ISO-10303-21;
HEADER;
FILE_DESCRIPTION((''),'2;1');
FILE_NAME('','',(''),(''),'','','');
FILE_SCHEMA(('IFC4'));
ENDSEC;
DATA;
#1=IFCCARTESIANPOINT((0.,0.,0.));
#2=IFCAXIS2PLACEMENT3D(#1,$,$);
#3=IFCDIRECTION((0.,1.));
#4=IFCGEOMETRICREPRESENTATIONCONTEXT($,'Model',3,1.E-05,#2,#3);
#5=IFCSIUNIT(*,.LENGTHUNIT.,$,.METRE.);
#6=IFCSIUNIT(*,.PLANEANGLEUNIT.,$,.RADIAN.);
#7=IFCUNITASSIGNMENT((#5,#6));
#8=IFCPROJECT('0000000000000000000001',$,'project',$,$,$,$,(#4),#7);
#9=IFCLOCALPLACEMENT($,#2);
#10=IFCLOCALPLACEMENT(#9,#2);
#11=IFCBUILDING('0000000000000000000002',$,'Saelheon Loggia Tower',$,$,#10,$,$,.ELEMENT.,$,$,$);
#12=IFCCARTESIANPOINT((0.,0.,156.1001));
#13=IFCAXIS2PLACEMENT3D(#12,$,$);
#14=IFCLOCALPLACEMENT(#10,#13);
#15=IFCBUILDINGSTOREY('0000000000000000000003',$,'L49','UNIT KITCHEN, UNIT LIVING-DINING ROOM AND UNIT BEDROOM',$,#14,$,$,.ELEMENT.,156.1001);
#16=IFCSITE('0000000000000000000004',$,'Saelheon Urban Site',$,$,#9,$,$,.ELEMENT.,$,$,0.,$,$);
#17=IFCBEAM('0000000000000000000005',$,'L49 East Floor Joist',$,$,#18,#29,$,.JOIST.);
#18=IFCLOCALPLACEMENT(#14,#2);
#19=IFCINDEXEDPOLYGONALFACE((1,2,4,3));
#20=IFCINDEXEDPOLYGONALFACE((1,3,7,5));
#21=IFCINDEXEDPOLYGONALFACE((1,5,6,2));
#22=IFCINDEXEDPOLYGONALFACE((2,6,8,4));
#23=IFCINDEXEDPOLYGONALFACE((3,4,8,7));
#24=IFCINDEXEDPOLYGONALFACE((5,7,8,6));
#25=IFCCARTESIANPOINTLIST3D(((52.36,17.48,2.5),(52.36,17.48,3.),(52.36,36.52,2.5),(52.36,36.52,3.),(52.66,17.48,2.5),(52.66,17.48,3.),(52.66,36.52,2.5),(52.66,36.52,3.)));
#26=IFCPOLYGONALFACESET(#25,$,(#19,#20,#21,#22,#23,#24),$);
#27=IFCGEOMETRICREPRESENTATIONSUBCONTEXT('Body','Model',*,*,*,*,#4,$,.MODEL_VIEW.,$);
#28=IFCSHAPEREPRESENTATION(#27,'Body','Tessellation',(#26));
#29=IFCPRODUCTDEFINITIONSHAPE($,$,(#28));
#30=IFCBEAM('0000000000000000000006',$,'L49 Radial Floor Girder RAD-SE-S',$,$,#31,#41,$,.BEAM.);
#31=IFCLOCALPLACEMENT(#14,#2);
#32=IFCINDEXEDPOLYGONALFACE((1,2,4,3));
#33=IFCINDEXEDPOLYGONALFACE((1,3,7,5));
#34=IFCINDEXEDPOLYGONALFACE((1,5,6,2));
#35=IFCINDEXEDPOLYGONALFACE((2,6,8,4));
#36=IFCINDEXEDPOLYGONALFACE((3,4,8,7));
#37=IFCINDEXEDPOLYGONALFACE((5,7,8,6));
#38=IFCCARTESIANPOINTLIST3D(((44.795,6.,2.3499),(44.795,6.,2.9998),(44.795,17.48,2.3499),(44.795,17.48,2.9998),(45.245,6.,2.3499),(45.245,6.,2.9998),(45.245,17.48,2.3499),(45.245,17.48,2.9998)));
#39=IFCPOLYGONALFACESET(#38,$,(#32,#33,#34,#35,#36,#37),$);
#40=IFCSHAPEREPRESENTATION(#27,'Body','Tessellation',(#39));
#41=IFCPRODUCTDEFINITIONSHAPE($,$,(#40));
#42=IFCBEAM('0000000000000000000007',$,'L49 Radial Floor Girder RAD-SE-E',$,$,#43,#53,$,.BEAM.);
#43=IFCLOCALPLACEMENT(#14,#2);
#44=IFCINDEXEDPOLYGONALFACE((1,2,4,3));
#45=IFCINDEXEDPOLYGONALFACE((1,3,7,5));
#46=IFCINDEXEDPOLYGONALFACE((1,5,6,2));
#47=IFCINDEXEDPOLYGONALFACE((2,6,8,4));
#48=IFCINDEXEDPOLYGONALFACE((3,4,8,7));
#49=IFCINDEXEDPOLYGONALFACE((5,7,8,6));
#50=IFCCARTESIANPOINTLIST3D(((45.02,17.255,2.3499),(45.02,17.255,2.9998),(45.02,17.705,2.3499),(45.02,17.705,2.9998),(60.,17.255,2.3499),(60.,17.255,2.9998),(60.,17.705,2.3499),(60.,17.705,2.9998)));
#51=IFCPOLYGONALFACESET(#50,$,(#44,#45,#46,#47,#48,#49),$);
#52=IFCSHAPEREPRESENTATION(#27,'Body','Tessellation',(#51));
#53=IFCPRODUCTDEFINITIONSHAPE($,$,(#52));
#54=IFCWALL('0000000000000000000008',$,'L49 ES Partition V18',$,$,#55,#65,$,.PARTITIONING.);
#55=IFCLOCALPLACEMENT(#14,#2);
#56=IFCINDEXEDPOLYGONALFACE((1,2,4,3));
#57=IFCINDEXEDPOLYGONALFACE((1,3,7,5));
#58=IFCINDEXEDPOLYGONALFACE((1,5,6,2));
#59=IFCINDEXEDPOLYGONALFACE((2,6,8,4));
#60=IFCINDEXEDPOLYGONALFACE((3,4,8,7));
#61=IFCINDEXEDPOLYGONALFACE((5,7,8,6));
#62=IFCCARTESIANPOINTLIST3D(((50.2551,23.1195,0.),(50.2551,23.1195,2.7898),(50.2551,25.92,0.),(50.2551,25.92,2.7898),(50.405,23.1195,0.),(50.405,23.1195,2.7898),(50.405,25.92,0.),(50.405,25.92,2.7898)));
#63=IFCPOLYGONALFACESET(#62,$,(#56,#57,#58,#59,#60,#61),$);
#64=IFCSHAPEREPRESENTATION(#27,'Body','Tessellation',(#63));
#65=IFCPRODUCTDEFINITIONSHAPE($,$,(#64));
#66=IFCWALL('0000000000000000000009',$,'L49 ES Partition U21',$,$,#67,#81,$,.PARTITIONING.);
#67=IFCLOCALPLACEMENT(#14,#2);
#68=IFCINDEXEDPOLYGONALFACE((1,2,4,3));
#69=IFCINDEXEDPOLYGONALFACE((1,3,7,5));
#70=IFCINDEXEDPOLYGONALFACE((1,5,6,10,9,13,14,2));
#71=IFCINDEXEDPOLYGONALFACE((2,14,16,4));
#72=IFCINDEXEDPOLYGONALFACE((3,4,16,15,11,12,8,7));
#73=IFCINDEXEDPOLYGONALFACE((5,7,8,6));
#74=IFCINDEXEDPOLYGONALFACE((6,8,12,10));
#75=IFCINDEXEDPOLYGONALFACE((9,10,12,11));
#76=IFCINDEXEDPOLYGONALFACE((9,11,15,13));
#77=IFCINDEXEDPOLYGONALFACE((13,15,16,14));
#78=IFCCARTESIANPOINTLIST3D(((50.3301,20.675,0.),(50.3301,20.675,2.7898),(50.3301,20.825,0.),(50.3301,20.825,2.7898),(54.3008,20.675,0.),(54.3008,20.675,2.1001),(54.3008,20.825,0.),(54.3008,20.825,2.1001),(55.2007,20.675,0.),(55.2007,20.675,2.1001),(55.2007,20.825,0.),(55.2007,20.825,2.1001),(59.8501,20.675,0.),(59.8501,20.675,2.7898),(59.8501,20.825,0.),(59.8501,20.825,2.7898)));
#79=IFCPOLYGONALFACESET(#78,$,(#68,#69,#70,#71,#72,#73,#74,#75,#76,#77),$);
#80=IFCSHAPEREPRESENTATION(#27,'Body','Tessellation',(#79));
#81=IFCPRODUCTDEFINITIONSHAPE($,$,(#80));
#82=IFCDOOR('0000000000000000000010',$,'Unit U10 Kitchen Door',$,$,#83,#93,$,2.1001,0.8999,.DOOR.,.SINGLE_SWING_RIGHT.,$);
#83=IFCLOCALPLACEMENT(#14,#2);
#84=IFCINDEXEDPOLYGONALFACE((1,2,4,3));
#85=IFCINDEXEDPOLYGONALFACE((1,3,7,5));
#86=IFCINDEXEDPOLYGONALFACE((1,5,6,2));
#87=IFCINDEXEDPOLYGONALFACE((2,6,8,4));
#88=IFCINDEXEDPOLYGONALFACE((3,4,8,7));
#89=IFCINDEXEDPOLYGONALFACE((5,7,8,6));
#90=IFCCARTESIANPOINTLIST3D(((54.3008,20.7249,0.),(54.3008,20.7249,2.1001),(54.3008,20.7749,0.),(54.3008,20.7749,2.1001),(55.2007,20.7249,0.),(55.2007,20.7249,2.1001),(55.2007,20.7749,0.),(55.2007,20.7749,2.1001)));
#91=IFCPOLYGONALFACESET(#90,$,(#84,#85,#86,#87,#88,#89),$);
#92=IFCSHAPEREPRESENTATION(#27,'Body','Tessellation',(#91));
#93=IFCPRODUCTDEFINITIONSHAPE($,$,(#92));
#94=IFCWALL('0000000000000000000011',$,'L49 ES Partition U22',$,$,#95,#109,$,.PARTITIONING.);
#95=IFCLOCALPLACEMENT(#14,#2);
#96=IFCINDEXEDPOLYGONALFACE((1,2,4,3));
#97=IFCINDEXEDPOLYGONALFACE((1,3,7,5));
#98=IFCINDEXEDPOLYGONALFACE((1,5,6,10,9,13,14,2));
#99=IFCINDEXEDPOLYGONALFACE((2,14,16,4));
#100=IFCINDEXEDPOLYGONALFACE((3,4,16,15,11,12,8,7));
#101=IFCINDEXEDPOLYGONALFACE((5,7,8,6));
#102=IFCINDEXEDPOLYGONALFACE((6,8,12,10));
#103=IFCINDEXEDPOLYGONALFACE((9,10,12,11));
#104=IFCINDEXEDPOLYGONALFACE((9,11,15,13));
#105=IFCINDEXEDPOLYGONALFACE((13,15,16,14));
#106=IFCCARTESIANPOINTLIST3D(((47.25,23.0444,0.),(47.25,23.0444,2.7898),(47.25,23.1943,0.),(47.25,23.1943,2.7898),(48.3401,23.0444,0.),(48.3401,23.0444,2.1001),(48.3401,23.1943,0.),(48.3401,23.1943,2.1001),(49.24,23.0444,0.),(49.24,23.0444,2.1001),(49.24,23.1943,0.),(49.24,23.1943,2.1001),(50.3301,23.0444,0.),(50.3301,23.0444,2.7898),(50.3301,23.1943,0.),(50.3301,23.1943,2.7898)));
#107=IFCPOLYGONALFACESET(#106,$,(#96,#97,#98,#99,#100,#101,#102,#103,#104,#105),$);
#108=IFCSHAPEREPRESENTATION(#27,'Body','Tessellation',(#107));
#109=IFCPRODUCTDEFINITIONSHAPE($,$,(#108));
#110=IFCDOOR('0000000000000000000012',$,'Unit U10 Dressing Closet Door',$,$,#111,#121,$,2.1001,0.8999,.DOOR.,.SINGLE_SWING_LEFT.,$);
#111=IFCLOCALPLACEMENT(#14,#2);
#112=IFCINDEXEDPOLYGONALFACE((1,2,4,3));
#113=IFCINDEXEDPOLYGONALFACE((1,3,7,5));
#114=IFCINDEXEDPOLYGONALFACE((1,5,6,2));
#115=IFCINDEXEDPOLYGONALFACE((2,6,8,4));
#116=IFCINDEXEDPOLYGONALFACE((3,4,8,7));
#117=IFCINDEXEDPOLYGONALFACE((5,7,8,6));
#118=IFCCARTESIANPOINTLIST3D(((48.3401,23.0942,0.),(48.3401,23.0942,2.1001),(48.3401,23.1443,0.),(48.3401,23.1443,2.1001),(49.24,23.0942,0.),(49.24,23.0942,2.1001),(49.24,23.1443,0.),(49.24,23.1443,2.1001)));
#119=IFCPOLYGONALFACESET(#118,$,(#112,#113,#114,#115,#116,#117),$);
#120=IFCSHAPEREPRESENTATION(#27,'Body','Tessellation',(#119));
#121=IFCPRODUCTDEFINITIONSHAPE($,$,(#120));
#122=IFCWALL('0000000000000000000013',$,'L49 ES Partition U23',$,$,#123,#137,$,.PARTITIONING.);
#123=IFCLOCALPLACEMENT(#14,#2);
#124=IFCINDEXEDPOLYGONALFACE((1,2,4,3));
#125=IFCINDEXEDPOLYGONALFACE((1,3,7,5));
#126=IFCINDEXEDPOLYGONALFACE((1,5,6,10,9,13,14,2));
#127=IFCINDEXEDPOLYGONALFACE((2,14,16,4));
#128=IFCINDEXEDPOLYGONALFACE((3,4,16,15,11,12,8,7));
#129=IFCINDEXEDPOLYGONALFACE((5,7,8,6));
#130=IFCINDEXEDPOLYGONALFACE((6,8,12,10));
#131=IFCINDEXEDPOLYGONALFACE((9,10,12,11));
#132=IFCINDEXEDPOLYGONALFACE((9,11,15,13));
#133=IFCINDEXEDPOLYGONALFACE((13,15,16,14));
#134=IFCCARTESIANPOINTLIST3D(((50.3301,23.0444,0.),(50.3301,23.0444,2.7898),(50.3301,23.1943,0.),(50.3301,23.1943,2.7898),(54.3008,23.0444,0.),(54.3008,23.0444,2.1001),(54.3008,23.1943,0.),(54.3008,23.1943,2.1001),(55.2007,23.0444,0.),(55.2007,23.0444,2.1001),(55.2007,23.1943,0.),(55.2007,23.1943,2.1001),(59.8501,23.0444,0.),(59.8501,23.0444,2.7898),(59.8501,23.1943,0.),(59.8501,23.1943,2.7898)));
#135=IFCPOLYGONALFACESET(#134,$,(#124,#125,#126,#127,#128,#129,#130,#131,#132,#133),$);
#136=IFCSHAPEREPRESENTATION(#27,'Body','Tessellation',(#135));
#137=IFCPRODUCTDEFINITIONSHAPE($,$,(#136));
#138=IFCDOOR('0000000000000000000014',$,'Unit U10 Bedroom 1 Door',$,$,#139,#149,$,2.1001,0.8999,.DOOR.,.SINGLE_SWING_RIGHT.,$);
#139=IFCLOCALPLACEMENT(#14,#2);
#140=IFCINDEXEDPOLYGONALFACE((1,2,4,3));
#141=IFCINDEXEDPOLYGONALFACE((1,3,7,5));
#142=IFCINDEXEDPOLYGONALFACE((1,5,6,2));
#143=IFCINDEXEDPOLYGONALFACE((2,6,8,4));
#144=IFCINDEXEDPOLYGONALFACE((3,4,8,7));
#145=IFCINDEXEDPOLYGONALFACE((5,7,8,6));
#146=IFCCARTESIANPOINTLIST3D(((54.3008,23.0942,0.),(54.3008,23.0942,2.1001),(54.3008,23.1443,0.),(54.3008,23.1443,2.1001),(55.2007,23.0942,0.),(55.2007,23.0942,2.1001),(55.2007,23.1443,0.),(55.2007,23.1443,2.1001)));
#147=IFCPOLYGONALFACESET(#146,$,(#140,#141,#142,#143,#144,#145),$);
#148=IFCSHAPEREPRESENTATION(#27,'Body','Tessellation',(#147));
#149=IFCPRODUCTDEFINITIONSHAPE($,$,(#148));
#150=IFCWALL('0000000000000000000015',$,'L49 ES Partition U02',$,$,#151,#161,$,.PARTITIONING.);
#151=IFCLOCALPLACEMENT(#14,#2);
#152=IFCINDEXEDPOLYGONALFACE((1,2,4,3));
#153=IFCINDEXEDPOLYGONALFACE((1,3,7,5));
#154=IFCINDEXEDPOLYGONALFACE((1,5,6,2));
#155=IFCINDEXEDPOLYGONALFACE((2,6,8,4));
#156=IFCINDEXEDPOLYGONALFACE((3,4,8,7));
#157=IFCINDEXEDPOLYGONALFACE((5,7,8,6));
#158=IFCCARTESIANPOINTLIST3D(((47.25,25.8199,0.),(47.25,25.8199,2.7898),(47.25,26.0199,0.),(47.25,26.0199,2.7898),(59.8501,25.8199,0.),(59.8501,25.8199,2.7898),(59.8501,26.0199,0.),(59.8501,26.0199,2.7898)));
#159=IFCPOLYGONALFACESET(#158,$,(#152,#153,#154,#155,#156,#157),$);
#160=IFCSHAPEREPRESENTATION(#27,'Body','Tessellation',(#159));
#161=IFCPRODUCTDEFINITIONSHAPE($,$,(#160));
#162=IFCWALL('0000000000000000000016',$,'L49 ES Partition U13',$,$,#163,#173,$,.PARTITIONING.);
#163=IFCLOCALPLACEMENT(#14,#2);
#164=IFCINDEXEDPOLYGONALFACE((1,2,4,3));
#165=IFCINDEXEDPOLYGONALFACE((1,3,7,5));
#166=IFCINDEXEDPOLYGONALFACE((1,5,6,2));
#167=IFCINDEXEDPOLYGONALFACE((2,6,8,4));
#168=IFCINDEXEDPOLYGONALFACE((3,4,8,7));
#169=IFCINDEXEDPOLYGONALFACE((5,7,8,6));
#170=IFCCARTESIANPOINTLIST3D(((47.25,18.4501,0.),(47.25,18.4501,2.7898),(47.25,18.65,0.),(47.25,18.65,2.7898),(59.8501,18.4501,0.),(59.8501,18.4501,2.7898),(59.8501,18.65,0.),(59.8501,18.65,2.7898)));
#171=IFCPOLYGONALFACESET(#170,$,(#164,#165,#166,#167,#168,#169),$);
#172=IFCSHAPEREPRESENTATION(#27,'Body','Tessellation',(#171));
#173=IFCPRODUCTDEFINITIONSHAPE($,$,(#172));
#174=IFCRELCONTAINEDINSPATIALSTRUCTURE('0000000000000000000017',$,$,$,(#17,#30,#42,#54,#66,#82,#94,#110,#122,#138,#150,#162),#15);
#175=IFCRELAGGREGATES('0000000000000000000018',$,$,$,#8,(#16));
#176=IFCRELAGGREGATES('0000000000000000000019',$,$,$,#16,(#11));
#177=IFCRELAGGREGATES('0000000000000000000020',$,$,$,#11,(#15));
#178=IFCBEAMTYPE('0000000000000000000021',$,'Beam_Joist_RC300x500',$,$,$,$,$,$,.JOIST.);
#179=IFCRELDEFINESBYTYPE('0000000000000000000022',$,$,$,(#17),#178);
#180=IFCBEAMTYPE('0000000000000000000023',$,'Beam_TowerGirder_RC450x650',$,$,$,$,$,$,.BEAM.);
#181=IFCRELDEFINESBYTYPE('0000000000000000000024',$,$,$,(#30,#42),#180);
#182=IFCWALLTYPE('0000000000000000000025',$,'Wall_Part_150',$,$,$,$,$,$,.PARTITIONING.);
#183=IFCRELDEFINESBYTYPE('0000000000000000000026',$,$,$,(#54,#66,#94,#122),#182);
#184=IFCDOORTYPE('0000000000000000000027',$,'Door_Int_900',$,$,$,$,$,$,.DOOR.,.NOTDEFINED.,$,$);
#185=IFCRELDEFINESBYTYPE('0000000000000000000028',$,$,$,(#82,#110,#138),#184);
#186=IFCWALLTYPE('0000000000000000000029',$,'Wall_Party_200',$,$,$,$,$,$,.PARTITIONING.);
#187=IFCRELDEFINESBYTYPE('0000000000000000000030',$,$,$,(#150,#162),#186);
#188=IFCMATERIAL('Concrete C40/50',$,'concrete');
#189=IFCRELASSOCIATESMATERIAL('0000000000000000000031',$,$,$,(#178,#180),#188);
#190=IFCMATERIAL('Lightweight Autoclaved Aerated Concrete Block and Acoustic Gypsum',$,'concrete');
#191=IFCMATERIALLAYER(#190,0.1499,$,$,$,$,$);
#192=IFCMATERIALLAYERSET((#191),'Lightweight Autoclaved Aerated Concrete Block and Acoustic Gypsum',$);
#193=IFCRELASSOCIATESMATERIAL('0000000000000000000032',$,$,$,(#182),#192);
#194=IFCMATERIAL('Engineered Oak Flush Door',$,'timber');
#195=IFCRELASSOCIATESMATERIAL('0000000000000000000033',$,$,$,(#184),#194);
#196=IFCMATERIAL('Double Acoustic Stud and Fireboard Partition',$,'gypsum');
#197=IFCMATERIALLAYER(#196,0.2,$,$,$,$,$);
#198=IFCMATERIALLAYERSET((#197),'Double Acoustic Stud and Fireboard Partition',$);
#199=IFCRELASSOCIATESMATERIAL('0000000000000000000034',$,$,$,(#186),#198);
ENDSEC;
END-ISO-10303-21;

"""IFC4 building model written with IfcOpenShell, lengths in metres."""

from ifc_helpers import new_model, si_unit, direction, frame, frame_2d, origin, origin_2d, place, context, subcontext, project, spatial, rectangle, extrude, source, transform, mapped, material, layer, layer_set, material_profile, profile_set, type_object, element, fill, save


model = new_model("IFC4")

# Units and contexts
model_context = context("Model", 3, precision=1e-05, world=origin(), true_north=direction((0.0, 1.0)))
body_context = subcontext(model_context, "Body", "Model", "MODEL_VIEW")
ifc_project = project(units=[si_unit("LENGTHUNIT", "METRE"), si_unit("PLANEANGLEUNIT", "RADIAN")], contexts=[model_context])

# Site, building, storey
site_placement = place(None, origin())
site = spatial("IfcSite", under=ifc_project, at=site_placement, Name="Saelheon Urban Site", CompositionType="ELEMENT", RefElevation=0.0)
building_placement = place(site_placement, origin())
building = spatial("IfcBuilding", under=site, at=building_placement, Name="Saelheon Loggia Tower", CompositionType="ELEMENT")
storey_placement = place(building_placement, frame((0.0, 0.0, 156.1001)))
storey = spatial("IfcBuildingStorey", under=building, at=storey_placement, Name="L49", Description="UNIT KITCHEN, UNIT LIVING-DINING ROOM AND UNIT BEDROOM", CompositionType="ELEMENT", Elevation=156.1001)

# Beams
ifc_material_1 = material(Name="Concrete C40/50", Category="concrete")
ifc_material_profile_1 = material_profile(ifc_material_1, rectangle(XDim=0.3, YDim=0.5, at=origin_2d()), Name="RC-300x500")
ifc_profile_set_1 = profile_set([ifc_material_profile_1], Name="Concrete C40/50")
beam_type_1 = type_object("IfcBeamType", Name="Beam_Joist_RC300x500", PredefinedType="JOIST", material=ifc_profile_set_1)
shared_shape_1 = source(origin(), body_context, "Body", "SweptSolid", [
    extrude(rectangle(XDim=0.3, YDim=0.5, at=origin_2d()), origin(), (0.0, 0.0, 1.0), 19.04),
])
beam_1_placement = place(storey_placement, frame((52.51, 17.48, 2.75), z_axis=(0.0, 1.0, 0.0), x_axis=(-1.0, 0.0, 0.0)))
element("IfcBeam", 1, at=beam_1_placement, inside=storey, type_object=beam_type_1, Name="L49 East Floor Joist", PredefinedType="JOIST", context=body_context, shape_type="MappedRepresentation", body=[
    mapped(shared_shape_1, transform((0.0, 0.0, 0.0), scale=1.0)),
])
ifc_material_profile_2 = material_profile(ifc_material_1, rectangle(XDim=0.45, YDim=0.6499, at=origin_2d()), Name="RC-450x650")
ifc_profile_set_2 = profile_set([ifc_material_profile_2], Name="Concrete C40/50")
beam_type_2 = type_object("IfcBeamType", Name="Beam_TowerGirder_RC450x650", PredefinedType="BEAM", material=ifc_profile_set_2)
shared_shape_2 = source(origin(), body_context, "Body", "SweptSolid", [
    extrude(rectangle(XDim=0.45, YDim=0.6499, at=origin_2d()), origin(), (0.0, 0.0, 1.0), 11.48),
])
beam_2_placement = place(storey_placement, frame((45.02, 17.48, 2.6748), z_axis=(0.0, -1.0, 0.0), x_axis=(1.0, 0.0, 0.0)))
element("IfcBeam", 2, at=beam_2_placement, inside=storey, type_object=beam_type_2, Name="L49 Radial Floor Girder RAD-SE-S", PredefinedType="BEAM", context=body_context, shape_type="MappedRepresentation", body=[
    mapped(shared_shape_2, transform((0.0, 0.0, 0.0), scale=1.0)),
])
shared_shape_3 = source(origin(), body_context, "Body", "SweptSolid", [
    extrude(rectangle(XDim=0.45, YDim=0.6499, at=origin_2d()), origin(), (0.0, 0.0, 1.0), 14.98),
])
beam_3_placement = place(storey_placement, frame((45.02, 17.48, 2.6748), z_axis=(1.0, 0.0, 0.0), x_axis=(0.0, 1.0, 0.0)))
element("IfcBeam", 3, at=beam_3_placement, inside=storey, type_object=beam_type_2, Name="L49 Radial Floor Girder RAD-SE-E", PredefinedType="BEAM", context=body_context, shape_type="MappedRepresentation", body=[
    mapped(shared_shape_3, transform((0.0, 0.0, 0.0), scale=1.0)),
])

# Wall
ifc_material_2 = material(Name="Lightweight Autoclaved Aerated Concrete Block and Acoustic Gypsum", Category="concrete")
ifc_layer_1 = layer(ifc_material_2, 0.1499)
ifc_layer_set_1 = layer_set([ifc_layer_1], Name="Lightweight Autoclaved Aerated Concrete Block and Acoustic Gypsum")
wall_type_1 = type_object("IfcWallType", Name="Wall_Part_150", PredefinedType="PARTITIONING", material=ifc_layer_set_1)
wall_1_placement = place(storey_placement, frame((50.3301, 23.1194, 0.0), z_axis=(0.0, 0.0, 1.0), x_axis=(0.0, 1.0, 0.0)))
element("IfcWall", 4, at=wall_1_placement, inside=storey, type_object=wall_type_1, Name="L49 ES Partition V18", PredefinedType="PARTITIONING", context=body_context, shape_type="SweptSolid", body=[
    extrude(rectangle(XDim=2.8005, YDim=0.1499, at=frame_2d((1.4004, 0.0))), origin(), (0.0, 0.0, 1.0), 2.7898),
])

# Walls, openings, doors
wall_2_placement = place(storey_placement, frame((50.3301, 20.75, 0.0), z_axis=(0.0, 0.0, 1.0), x_axis=(1.0, 0.0, 0.0)))
wall_2 = element("IfcWall", 5, at=wall_2_placement, inside=storey, type_object=wall_type_1, Name="L49 ES Partition U21", PredefinedType="PARTITIONING", context=body_context, shape_type="SweptSolid", body=[
    extrude(rectangle(XDim=9.52, YDim=0.1499, at=frame_2d((4.76, 0.0))), origin(), (0.0, 0.0, 1.0), 2.7898),
])
opening_1_placement = place(wall_2_placement, frame((3.9707, 0.0, 0.0)))
opening_1 = element("IfcOpeningElement", 6, at=opening_1_placement, cuts=wall_2, PredefinedType="OPENING", context=body_context, shape_type="SweptSolid", body=[
    extrude(rectangle(XDim=0.8999, YDim=2.1001, at=frame_2d((0.45, 1.05))), frame((0.0, 0.0869, 0.0), z_axis=(0.0, -1.0, 0.0), x_axis=(1.0, 0.0, 0.0)), (0.0, 0.0, 1.0), 0.1738),
])
ifc_material_3 = material(Name="Engineered Oak Flush Door", Category="timber")
door_type_1 = type_object("IfcDoorType", Name="Door_Int_900", OperationType="NOTDEFINED", PredefinedType="DOOR", material=ifc_material_3)
shared_shape_4 = source(origin(), body_context, "Body", "SweptSolid", [
    extrude(rectangle(XDim=0.8999, YDim=2.1001, at=frame_2d((0.45, 1.05))), frame((0.0, 0.0249, 0.0), z_axis=(0.0, -1.0, 0.0), x_axis=(1.0, 0.0, 0.0)), (0.0, 0.0, 1.0), 0.05),
])
door_1_placement = place(opening_1_placement, origin())
door_1 = element("IfcDoor", 7, at=door_1_placement, inside=storey, type_object=door_type_1, Name="Unit U10 Kitchen Door", OperationType="SINGLE_SWING_RIGHT", OverallHeight=2.1001, OverallWidth=0.8999, PredefinedType="DOOR", context=body_context, shape_type="MappedRepresentation", body=[
    mapped(shared_shape_4, transform((0.0, 0.0, 0.0), scale=1.0)),
])
fill(opening_1, door_1)
wall_3_placement = place(storey_placement, frame((47.25, 23.1194, 0.0), z_axis=(0.0, 0.0, 1.0), x_axis=(1.0, 0.0, 0.0)))
wall_3 = element("IfcWall", 8, at=wall_3_placement, inside=storey, type_object=wall_type_1, Name="L49 ES Partition U22", PredefinedType="PARTITIONING", context=body_context, shape_type="SweptSolid", body=[
    extrude(rectangle(XDim=3.0801, YDim=0.1499, at=frame_2d((1.54, 0.0))), origin(), (0.0, 0.0, 1.0), 2.7898),
])
opening_2_placement = place(wall_3_placement, frame((1.0901, 0.0, 0.0)))
opening_2 = element("IfcOpeningElement", 9, at=opening_2_placement, cuts=wall_3, PredefinedType="OPENING", context=body_context, shape_type="SweptSolid", body=[
    extrude(rectangle(XDim=0.8999, YDim=2.1001, at=frame_2d((0.45, 1.05))), frame((0.0, 0.0869, 0.0), z_axis=(0.0, -1.0, 0.0), x_axis=(1.0, 0.0, 0.0)), (0.0, 0.0, 1.0), 0.1738),
])
door_2_placement = place(opening_2_placement, origin())
door_2 = element("IfcDoor", 10, at=door_2_placement, inside=storey, type_object=door_type_1, Name="Unit U10 Dressing Closet Door", OperationType="SINGLE_SWING_LEFT", OverallHeight=2.1001, OverallWidth=0.8999, PredefinedType="DOOR", context=body_context, shape_type="MappedRepresentation", body=[
    mapped(shared_shape_4, transform((0.0, 0.0, 0.0), scale=1.0)),
])
fill(opening_2, door_2)
wall_4_placement = place(storey_placement, frame((50.3301, 23.1194, 0.0), z_axis=(0.0, 0.0, 1.0), x_axis=(1.0, 0.0, 0.0)))
wall_4 = element("IfcWall", 11, at=wall_4_placement, inside=storey, type_object=wall_type_1, Name="L49 ES Partition U23", PredefinedType="PARTITIONING", context=body_context, shape_type="SweptSolid", body=[
    extrude(rectangle(XDim=9.52, YDim=0.1499, at=frame_2d((4.76, 0.0))), origin(), (0.0, 0.0, 1.0), 2.7898),
])
opening_3_placement = place(wall_4_placement, frame((3.9707, 0.0, 0.0)))
opening_3 = element("IfcOpeningElement", 12, at=opening_3_placement, cuts=wall_4, PredefinedType="OPENING", context=body_context, shape_type="SweptSolid", body=[
    extrude(rectangle(XDim=0.8999, YDim=2.1001, at=frame_2d((0.45, 1.05))), frame((0.0, 0.0869, 0.0), z_axis=(0.0, -1.0, 0.0), x_axis=(1.0, 0.0, 0.0)), (0.0, 0.0, 1.0), 0.1738),
])
door_3_placement = place(opening_3_placement, origin())
door_3 = element("IfcDoor", 13, at=door_3_placement, inside=storey, type_object=door_type_1, Name="Unit U10 Bedroom 1 Door", OperationType="SINGLE_SWING_RIGHT", OverallHeight=2.1001, OverallWidth=0.8999, PredefinedType="DOOR", context=body_context, shape_type="MappedRepresentation", body=[
    mapped(shared_shape_4, transform((0.0, 0.0, 0.0), scale=1.0)),
])
fill(opening_3, door_3)

# Walls
ifc_material_4 = material(Name="Double Acoustic Stud and Fireboard Partition", Category="gypsum")
ifc_layer_2 = layer(ifc_material_4, 0.2)
ifc_layer_set_2 = layer_set([ifc_layer_2], Name="Double Acoustic Stud and Fireboard Partition")
wall_type_2 = type_object("IfcWallType", Name="Wall_Party_200", PredefinedType="PARTITIONING", material=ifc_layer_set_2)
for number, where, z_axis, x_axis, name in (
    (14, (47.25, 25.9199, 0.0), (0.0, 0.0, 1.0), (1.0, 0.0, 0.0), "L49 ES Partition U02"),
    (15, (47.25, 18.55, 0.0), (0.0, 0.0, 1.0), (1.0, 0.0, 0.0), "L49 ES Partition U13"),
):
    element("IfcWall", number, at=place(storey_placement, frame(where, z_axis=z_axis, x_axis=x_axis)), inside=storey, type_object=wall_type_2, Name=name, PredefinedType="PARTITIONING", context=body_context, shape_type="SweptSolid", body=[
        extrude(rectangle(XDim=12.6001, YDim=0.2, at=frame_2d((6.3, 0.0))), origin(), (0.0, 0.0, 1.0), 2.7898),
    ])

save(model, "model.ifc")
